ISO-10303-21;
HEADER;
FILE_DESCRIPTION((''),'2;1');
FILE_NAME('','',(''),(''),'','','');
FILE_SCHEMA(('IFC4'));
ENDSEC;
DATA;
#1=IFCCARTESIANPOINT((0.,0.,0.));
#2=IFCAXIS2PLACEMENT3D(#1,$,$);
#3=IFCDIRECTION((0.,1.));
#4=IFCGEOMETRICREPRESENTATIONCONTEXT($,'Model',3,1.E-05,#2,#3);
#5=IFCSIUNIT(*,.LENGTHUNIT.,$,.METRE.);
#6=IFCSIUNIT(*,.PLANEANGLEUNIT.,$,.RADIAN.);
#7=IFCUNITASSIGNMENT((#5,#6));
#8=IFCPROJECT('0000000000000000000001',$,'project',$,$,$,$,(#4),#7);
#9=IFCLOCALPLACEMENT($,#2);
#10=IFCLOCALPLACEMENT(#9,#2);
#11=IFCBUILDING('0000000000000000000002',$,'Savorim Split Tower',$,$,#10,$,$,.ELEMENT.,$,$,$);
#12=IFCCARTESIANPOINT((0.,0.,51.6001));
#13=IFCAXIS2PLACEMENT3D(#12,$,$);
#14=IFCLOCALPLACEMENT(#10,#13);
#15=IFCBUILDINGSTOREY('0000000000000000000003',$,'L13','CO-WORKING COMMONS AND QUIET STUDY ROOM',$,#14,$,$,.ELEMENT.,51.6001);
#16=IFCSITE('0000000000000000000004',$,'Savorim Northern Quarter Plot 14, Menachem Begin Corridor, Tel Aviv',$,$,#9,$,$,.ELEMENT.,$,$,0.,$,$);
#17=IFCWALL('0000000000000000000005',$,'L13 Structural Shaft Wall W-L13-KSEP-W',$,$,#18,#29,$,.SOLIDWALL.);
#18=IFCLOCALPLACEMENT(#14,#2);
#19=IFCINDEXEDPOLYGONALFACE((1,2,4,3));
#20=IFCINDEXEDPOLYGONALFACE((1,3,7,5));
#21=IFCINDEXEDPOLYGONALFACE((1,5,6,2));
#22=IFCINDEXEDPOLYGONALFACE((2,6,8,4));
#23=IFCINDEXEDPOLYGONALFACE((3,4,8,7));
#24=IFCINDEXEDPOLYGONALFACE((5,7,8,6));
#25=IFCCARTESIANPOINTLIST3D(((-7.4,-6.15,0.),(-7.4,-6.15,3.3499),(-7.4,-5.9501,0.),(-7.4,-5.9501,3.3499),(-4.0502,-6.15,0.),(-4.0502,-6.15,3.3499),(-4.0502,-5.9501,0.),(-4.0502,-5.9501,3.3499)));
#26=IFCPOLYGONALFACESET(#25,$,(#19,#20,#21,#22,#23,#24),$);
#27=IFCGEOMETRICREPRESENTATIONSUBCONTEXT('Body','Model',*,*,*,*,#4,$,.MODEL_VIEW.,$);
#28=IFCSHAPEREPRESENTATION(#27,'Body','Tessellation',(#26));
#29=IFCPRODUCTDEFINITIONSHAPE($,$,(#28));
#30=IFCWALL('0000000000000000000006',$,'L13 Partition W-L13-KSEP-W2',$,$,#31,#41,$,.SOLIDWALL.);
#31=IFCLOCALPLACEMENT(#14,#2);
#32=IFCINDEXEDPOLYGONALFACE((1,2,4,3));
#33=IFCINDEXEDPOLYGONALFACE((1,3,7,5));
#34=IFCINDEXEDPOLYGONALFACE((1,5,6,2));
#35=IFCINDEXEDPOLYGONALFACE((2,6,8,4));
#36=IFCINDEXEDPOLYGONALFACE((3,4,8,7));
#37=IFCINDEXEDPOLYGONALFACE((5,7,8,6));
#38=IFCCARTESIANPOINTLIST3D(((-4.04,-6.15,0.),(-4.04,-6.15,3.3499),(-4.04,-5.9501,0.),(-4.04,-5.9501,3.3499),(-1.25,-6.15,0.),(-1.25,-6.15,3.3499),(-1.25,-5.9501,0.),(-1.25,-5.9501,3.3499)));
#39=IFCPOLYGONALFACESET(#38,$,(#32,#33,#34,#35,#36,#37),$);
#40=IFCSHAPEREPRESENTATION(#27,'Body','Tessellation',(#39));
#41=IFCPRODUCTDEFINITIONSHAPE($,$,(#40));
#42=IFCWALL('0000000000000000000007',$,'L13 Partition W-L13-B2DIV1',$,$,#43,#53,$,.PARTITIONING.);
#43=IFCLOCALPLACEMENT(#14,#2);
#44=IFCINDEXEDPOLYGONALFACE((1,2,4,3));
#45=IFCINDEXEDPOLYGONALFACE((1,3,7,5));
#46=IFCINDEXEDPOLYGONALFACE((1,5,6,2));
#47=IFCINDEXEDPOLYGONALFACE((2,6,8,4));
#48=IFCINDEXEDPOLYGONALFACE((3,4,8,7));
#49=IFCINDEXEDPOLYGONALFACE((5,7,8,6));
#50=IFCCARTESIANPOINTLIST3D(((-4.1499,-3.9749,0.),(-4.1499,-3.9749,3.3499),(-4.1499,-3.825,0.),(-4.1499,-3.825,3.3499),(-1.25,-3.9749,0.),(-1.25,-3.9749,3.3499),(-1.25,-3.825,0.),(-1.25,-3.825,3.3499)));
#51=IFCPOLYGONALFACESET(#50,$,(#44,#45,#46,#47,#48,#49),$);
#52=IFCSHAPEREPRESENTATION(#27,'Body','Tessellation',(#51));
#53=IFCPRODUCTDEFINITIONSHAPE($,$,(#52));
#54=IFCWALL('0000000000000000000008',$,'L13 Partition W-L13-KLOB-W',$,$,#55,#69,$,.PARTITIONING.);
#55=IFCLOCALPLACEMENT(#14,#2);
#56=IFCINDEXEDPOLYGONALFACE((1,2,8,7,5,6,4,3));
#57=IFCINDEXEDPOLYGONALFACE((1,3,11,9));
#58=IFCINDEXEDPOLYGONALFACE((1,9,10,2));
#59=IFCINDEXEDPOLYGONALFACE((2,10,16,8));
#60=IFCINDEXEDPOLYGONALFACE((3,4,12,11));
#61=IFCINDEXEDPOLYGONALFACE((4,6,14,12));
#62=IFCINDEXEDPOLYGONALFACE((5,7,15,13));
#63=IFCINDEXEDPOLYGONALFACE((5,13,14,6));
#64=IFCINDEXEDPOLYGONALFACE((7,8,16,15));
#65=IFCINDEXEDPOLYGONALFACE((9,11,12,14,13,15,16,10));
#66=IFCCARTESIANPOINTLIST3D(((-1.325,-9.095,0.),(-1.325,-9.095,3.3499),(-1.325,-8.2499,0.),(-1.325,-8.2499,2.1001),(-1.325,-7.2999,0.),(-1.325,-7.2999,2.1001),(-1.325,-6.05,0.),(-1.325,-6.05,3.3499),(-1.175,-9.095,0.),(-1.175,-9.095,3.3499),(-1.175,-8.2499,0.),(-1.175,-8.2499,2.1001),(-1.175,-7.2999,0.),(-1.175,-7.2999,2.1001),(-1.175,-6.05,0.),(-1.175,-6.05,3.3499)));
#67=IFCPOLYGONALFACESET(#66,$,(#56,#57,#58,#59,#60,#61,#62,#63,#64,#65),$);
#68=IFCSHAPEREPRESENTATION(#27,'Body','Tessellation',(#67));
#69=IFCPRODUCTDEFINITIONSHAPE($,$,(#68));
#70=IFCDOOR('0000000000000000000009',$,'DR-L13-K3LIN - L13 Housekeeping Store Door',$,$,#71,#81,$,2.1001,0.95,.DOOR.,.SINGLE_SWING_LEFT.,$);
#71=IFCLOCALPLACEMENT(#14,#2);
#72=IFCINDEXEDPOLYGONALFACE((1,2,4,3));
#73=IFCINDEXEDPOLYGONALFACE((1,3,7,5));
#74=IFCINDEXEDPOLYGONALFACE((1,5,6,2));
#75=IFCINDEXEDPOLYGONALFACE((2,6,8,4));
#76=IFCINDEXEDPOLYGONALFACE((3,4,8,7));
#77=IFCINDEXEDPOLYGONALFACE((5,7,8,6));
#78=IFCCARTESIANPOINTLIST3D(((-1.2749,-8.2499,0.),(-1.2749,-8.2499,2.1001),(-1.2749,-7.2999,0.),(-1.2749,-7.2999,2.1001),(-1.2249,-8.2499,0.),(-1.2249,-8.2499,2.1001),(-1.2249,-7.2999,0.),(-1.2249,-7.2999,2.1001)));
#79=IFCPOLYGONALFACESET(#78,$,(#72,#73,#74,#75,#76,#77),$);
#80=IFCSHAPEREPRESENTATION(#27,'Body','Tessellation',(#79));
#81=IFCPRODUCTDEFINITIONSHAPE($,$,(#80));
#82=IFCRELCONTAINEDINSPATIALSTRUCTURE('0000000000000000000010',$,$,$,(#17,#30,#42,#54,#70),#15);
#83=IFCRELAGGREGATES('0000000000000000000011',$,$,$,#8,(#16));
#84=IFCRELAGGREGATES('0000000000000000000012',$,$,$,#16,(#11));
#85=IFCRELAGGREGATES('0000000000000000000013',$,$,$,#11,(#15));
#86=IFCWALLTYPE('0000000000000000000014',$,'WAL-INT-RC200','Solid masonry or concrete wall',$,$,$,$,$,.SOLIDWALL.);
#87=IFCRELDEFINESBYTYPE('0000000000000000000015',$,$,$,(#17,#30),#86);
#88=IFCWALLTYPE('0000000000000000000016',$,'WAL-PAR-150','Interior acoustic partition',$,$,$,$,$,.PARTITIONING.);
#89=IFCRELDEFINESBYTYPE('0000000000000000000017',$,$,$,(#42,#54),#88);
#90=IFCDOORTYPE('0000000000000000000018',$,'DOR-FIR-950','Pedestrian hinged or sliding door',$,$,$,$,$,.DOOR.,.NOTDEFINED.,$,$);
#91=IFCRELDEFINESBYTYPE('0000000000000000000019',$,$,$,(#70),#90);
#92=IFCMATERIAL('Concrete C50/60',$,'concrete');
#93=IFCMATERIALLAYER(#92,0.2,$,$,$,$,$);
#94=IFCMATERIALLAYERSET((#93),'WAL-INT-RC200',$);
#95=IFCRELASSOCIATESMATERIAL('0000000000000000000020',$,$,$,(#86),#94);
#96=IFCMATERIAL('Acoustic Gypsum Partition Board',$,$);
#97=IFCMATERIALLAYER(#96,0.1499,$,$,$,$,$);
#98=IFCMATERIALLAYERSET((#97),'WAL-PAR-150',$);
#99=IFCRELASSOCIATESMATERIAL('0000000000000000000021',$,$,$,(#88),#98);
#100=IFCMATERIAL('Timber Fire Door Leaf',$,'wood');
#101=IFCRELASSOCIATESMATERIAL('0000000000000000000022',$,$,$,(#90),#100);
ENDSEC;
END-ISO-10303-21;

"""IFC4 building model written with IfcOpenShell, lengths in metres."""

from ifc_helpers import new_model, si_unit, direction, frame, frame_2d, origin, place, context, subcontext, project, spatial, rectangle, extrude, material, layer, layer_set, type_object, element, fill, save


model = new_model("IFC4")

# Units and contexts
model_context = context("Model", 3, precision=1e-05, world=origin(), true_north=direction((0.0, 1.0)))
body_context = subcontext(model_context, "Body", "Model", "MODEL_VIEW")
ifc_project = project(units=[si_unit("LENGTHUNIT", "METRE"), si_unit("PLANEANGLEUNIT", "RADIAN")], contexts=[model_context])

# Site, building, storey
site_placement = place(None, origin())
site = spatial("IfcSite", under=ifc_project, at=site_placement, Name="Savorim Northern Quarter Plot 14, Menachem Begin Corridor, Tel Aviv", CompositionType="ELEMENT", RefElevation=0.0)
building_placement = place(site_placement, origin())
building = spatial("IfcBuilding", under=site, at=building_placement, Name="Savorim Split Tower", CompositionType="ELEMENT")
storey_placement = place(building_placement, frame((0.0, 0.0, 51.6001)))
storey = spatial("IfcBuildingStorey", under=building, at=storey_placement, Name="L13", Description="CO-WORKING COMMONS AND QUIET STUDY ROOM", CompositionType="ELEMENT", Elevation=51.6001)

# Shared definitions
ifc_material_1 = material(Name="Timber Fire Door Leaf", Category="wood")

# Walls
ifc_material_2 = material(Name="Concrete C50/60", Category="concrete")
ifc_layer_1 = layer(ifc_material_2, 0.2)
ifc_layer_set_1 = layer_set([ifc_layer_1], Name="WAL-INT-RC200")
wall_type_1 = type_object("IfcWallType", Name="WAL-INT-RC200", Description="Solid masonry or concrete wall", PredefinedType="SOLIDWALL", material=ifc_layer_set_1)
wall_1_placement = place(storey_placement, frame((-7.3999, -6.05, 0.0), z_axis=(0.0, 0.0, 1.0), x_axis=(1.0, 0.0, 0.0)))
element("IfcWall", 1, at=wall_1_placement, inside=storey, type_object=wall_type_1, Name="L13 Structural Shaft Wall W-L13-KSEP-W", PredefinedType="SOLIDWALL", context=body_context, shape_type="SweptSolid", body=[
    extrude(rectangle(XDim=3.3499, YDim=0.2, at=frame_2d((1.6748, 0.0))), origin(), (0.0, 0.0, 1.0), 3.3499),
])
wall_2_placement = place(storey_placement, frame((-4.04, -6.05, 0.0), z_axis=(0.0, 0.0, 1.0), x_axis=(1.0, 0.0, 0.0)))
element("IfcWall", 2, at=wall_2_placement, inside=storey, type_object=wall_type_1, Name="L13 Partition W-L13-KSEP-W2", PredefinedType="SOLIDWALL", context=body_context, shape_type="SweptSolid", body=[
    extrude(rectangle(XDim=2.79, YDim=0.2, at=frame_2d((1.395, 0.0))), origin(), (0.0, 0.0, 1.0), 3.3499),
])
ifc_material_3 = material(Name="Acoustic Gypsum Partition Board")
ifc_layer_2 = layer(ifc_material_3, 0.1499)
ifc_layer_set_2 = layer_set([ifc_layer_2], Name="WAL-PAR-150")
wall_type_2 = type_object("IfcWallType", Name="WAL-PAR-150", Description="Interior acoustic partition", PredefinedType="PARTITIONING", material=ifc_layer_set_2)
wall_3_placement = place(storey_placement, frame((-4.1499, -3.8999, 0.0), z_axis=(0.0, 0.0, 1.0), x_axis=(1.0, 0.0, 0.0)))
element("IfcWall", 3, at=wall_3_placement, inside=storey, type_object=wall_type_2, Name="L13 Partition W-L13-B2DIV1", PredefinedType="PARTITIONING", context=body_context, shape_type="SweptSolid", body=[
    extrude(rectangle(XDim=2.8999, YDim=0.1499, at=frame_2d((1.45, 0.0))), origin(), (0.0, 0.0, 1.0), 3.3499),
])

# Wall, opening, door
wall_4_placement = place(storey_placement, frame((-1.25, -9.095, 0.0), z_axis=(0.0, 0.0, 1.0), x_axis=(0.0, 1.0, 0.0)))
wall_4 = element("IfcWall", 4, at=wall_4_placement, inside=storey, type_object=wall_type_2, Name="L13 Partition W-L13-KLOB-W", PredefinedType="PARTITIONING", context=body_context, shape_type="SweptSolid", body=[
    extrude(rectangle(XDim=3.0449, YDim=0.1499, at=frame_2d((1.5225, 0.0))), origin(), (0.0, 0.0, 1.0), 3.3499),
])
opening_1_placement = place(wall_4_placement, frame((0.845, 0.0, 0.0)))
opening_1 = element("IfcOpeningElement", 5, at=opening_1_placement, cuts=wall_4, PredefinedType="OPENING", context=body_context, shape_type="SweptSolid", body=[
    extrude(rectangle(XDim=0.95, YDim=2.1001, at=frame_2d((0.4751, 1.05))), frame((0.0, 0.085, 0.0), z_axis=(0.0, -1.0, 0.0), x_axis=(1.0, 0.0, 0.0)), (0.0, 0.0, 1.0), 0.1699),
])
door_type_1 = type_object("IfcDoorType", Name="DOR-FIR-950", Description="Pedestrian hinged or sliding door", OperationType="NOTDEFINED", PredefinedType="DOOR", material=ifc_material_1)
door_1_placement = place(opening_1_placement, origin())
door_1 = element("IfcDoor", 6, at=door_1_placement, inside=storey, type_object=door_type_1, Name="DR-L13-K3LIN - L13 Housekeeping Store Door", OperationType="SINGLE_SWING_LEFT", OverallHeight=2.1001, OverallWidth=0.95, PredefinedType="DOOR", context=body_context, shape_type="SweptSolid", body=[
    extrude(rectangle(XDim=0.95, YDim=2.1001, at=frame_2d((0.4751, 1.05))), frame((0.0, 0.0249, 0.0), z_axis=(0.0, -1.0, 0.0), x_axis=(1.0, 0.0, 0.0)), (0.0, 0.0, 1.0), 0.05),
])
fill(opening_1, door_1)

save(model, "model.ifc")
